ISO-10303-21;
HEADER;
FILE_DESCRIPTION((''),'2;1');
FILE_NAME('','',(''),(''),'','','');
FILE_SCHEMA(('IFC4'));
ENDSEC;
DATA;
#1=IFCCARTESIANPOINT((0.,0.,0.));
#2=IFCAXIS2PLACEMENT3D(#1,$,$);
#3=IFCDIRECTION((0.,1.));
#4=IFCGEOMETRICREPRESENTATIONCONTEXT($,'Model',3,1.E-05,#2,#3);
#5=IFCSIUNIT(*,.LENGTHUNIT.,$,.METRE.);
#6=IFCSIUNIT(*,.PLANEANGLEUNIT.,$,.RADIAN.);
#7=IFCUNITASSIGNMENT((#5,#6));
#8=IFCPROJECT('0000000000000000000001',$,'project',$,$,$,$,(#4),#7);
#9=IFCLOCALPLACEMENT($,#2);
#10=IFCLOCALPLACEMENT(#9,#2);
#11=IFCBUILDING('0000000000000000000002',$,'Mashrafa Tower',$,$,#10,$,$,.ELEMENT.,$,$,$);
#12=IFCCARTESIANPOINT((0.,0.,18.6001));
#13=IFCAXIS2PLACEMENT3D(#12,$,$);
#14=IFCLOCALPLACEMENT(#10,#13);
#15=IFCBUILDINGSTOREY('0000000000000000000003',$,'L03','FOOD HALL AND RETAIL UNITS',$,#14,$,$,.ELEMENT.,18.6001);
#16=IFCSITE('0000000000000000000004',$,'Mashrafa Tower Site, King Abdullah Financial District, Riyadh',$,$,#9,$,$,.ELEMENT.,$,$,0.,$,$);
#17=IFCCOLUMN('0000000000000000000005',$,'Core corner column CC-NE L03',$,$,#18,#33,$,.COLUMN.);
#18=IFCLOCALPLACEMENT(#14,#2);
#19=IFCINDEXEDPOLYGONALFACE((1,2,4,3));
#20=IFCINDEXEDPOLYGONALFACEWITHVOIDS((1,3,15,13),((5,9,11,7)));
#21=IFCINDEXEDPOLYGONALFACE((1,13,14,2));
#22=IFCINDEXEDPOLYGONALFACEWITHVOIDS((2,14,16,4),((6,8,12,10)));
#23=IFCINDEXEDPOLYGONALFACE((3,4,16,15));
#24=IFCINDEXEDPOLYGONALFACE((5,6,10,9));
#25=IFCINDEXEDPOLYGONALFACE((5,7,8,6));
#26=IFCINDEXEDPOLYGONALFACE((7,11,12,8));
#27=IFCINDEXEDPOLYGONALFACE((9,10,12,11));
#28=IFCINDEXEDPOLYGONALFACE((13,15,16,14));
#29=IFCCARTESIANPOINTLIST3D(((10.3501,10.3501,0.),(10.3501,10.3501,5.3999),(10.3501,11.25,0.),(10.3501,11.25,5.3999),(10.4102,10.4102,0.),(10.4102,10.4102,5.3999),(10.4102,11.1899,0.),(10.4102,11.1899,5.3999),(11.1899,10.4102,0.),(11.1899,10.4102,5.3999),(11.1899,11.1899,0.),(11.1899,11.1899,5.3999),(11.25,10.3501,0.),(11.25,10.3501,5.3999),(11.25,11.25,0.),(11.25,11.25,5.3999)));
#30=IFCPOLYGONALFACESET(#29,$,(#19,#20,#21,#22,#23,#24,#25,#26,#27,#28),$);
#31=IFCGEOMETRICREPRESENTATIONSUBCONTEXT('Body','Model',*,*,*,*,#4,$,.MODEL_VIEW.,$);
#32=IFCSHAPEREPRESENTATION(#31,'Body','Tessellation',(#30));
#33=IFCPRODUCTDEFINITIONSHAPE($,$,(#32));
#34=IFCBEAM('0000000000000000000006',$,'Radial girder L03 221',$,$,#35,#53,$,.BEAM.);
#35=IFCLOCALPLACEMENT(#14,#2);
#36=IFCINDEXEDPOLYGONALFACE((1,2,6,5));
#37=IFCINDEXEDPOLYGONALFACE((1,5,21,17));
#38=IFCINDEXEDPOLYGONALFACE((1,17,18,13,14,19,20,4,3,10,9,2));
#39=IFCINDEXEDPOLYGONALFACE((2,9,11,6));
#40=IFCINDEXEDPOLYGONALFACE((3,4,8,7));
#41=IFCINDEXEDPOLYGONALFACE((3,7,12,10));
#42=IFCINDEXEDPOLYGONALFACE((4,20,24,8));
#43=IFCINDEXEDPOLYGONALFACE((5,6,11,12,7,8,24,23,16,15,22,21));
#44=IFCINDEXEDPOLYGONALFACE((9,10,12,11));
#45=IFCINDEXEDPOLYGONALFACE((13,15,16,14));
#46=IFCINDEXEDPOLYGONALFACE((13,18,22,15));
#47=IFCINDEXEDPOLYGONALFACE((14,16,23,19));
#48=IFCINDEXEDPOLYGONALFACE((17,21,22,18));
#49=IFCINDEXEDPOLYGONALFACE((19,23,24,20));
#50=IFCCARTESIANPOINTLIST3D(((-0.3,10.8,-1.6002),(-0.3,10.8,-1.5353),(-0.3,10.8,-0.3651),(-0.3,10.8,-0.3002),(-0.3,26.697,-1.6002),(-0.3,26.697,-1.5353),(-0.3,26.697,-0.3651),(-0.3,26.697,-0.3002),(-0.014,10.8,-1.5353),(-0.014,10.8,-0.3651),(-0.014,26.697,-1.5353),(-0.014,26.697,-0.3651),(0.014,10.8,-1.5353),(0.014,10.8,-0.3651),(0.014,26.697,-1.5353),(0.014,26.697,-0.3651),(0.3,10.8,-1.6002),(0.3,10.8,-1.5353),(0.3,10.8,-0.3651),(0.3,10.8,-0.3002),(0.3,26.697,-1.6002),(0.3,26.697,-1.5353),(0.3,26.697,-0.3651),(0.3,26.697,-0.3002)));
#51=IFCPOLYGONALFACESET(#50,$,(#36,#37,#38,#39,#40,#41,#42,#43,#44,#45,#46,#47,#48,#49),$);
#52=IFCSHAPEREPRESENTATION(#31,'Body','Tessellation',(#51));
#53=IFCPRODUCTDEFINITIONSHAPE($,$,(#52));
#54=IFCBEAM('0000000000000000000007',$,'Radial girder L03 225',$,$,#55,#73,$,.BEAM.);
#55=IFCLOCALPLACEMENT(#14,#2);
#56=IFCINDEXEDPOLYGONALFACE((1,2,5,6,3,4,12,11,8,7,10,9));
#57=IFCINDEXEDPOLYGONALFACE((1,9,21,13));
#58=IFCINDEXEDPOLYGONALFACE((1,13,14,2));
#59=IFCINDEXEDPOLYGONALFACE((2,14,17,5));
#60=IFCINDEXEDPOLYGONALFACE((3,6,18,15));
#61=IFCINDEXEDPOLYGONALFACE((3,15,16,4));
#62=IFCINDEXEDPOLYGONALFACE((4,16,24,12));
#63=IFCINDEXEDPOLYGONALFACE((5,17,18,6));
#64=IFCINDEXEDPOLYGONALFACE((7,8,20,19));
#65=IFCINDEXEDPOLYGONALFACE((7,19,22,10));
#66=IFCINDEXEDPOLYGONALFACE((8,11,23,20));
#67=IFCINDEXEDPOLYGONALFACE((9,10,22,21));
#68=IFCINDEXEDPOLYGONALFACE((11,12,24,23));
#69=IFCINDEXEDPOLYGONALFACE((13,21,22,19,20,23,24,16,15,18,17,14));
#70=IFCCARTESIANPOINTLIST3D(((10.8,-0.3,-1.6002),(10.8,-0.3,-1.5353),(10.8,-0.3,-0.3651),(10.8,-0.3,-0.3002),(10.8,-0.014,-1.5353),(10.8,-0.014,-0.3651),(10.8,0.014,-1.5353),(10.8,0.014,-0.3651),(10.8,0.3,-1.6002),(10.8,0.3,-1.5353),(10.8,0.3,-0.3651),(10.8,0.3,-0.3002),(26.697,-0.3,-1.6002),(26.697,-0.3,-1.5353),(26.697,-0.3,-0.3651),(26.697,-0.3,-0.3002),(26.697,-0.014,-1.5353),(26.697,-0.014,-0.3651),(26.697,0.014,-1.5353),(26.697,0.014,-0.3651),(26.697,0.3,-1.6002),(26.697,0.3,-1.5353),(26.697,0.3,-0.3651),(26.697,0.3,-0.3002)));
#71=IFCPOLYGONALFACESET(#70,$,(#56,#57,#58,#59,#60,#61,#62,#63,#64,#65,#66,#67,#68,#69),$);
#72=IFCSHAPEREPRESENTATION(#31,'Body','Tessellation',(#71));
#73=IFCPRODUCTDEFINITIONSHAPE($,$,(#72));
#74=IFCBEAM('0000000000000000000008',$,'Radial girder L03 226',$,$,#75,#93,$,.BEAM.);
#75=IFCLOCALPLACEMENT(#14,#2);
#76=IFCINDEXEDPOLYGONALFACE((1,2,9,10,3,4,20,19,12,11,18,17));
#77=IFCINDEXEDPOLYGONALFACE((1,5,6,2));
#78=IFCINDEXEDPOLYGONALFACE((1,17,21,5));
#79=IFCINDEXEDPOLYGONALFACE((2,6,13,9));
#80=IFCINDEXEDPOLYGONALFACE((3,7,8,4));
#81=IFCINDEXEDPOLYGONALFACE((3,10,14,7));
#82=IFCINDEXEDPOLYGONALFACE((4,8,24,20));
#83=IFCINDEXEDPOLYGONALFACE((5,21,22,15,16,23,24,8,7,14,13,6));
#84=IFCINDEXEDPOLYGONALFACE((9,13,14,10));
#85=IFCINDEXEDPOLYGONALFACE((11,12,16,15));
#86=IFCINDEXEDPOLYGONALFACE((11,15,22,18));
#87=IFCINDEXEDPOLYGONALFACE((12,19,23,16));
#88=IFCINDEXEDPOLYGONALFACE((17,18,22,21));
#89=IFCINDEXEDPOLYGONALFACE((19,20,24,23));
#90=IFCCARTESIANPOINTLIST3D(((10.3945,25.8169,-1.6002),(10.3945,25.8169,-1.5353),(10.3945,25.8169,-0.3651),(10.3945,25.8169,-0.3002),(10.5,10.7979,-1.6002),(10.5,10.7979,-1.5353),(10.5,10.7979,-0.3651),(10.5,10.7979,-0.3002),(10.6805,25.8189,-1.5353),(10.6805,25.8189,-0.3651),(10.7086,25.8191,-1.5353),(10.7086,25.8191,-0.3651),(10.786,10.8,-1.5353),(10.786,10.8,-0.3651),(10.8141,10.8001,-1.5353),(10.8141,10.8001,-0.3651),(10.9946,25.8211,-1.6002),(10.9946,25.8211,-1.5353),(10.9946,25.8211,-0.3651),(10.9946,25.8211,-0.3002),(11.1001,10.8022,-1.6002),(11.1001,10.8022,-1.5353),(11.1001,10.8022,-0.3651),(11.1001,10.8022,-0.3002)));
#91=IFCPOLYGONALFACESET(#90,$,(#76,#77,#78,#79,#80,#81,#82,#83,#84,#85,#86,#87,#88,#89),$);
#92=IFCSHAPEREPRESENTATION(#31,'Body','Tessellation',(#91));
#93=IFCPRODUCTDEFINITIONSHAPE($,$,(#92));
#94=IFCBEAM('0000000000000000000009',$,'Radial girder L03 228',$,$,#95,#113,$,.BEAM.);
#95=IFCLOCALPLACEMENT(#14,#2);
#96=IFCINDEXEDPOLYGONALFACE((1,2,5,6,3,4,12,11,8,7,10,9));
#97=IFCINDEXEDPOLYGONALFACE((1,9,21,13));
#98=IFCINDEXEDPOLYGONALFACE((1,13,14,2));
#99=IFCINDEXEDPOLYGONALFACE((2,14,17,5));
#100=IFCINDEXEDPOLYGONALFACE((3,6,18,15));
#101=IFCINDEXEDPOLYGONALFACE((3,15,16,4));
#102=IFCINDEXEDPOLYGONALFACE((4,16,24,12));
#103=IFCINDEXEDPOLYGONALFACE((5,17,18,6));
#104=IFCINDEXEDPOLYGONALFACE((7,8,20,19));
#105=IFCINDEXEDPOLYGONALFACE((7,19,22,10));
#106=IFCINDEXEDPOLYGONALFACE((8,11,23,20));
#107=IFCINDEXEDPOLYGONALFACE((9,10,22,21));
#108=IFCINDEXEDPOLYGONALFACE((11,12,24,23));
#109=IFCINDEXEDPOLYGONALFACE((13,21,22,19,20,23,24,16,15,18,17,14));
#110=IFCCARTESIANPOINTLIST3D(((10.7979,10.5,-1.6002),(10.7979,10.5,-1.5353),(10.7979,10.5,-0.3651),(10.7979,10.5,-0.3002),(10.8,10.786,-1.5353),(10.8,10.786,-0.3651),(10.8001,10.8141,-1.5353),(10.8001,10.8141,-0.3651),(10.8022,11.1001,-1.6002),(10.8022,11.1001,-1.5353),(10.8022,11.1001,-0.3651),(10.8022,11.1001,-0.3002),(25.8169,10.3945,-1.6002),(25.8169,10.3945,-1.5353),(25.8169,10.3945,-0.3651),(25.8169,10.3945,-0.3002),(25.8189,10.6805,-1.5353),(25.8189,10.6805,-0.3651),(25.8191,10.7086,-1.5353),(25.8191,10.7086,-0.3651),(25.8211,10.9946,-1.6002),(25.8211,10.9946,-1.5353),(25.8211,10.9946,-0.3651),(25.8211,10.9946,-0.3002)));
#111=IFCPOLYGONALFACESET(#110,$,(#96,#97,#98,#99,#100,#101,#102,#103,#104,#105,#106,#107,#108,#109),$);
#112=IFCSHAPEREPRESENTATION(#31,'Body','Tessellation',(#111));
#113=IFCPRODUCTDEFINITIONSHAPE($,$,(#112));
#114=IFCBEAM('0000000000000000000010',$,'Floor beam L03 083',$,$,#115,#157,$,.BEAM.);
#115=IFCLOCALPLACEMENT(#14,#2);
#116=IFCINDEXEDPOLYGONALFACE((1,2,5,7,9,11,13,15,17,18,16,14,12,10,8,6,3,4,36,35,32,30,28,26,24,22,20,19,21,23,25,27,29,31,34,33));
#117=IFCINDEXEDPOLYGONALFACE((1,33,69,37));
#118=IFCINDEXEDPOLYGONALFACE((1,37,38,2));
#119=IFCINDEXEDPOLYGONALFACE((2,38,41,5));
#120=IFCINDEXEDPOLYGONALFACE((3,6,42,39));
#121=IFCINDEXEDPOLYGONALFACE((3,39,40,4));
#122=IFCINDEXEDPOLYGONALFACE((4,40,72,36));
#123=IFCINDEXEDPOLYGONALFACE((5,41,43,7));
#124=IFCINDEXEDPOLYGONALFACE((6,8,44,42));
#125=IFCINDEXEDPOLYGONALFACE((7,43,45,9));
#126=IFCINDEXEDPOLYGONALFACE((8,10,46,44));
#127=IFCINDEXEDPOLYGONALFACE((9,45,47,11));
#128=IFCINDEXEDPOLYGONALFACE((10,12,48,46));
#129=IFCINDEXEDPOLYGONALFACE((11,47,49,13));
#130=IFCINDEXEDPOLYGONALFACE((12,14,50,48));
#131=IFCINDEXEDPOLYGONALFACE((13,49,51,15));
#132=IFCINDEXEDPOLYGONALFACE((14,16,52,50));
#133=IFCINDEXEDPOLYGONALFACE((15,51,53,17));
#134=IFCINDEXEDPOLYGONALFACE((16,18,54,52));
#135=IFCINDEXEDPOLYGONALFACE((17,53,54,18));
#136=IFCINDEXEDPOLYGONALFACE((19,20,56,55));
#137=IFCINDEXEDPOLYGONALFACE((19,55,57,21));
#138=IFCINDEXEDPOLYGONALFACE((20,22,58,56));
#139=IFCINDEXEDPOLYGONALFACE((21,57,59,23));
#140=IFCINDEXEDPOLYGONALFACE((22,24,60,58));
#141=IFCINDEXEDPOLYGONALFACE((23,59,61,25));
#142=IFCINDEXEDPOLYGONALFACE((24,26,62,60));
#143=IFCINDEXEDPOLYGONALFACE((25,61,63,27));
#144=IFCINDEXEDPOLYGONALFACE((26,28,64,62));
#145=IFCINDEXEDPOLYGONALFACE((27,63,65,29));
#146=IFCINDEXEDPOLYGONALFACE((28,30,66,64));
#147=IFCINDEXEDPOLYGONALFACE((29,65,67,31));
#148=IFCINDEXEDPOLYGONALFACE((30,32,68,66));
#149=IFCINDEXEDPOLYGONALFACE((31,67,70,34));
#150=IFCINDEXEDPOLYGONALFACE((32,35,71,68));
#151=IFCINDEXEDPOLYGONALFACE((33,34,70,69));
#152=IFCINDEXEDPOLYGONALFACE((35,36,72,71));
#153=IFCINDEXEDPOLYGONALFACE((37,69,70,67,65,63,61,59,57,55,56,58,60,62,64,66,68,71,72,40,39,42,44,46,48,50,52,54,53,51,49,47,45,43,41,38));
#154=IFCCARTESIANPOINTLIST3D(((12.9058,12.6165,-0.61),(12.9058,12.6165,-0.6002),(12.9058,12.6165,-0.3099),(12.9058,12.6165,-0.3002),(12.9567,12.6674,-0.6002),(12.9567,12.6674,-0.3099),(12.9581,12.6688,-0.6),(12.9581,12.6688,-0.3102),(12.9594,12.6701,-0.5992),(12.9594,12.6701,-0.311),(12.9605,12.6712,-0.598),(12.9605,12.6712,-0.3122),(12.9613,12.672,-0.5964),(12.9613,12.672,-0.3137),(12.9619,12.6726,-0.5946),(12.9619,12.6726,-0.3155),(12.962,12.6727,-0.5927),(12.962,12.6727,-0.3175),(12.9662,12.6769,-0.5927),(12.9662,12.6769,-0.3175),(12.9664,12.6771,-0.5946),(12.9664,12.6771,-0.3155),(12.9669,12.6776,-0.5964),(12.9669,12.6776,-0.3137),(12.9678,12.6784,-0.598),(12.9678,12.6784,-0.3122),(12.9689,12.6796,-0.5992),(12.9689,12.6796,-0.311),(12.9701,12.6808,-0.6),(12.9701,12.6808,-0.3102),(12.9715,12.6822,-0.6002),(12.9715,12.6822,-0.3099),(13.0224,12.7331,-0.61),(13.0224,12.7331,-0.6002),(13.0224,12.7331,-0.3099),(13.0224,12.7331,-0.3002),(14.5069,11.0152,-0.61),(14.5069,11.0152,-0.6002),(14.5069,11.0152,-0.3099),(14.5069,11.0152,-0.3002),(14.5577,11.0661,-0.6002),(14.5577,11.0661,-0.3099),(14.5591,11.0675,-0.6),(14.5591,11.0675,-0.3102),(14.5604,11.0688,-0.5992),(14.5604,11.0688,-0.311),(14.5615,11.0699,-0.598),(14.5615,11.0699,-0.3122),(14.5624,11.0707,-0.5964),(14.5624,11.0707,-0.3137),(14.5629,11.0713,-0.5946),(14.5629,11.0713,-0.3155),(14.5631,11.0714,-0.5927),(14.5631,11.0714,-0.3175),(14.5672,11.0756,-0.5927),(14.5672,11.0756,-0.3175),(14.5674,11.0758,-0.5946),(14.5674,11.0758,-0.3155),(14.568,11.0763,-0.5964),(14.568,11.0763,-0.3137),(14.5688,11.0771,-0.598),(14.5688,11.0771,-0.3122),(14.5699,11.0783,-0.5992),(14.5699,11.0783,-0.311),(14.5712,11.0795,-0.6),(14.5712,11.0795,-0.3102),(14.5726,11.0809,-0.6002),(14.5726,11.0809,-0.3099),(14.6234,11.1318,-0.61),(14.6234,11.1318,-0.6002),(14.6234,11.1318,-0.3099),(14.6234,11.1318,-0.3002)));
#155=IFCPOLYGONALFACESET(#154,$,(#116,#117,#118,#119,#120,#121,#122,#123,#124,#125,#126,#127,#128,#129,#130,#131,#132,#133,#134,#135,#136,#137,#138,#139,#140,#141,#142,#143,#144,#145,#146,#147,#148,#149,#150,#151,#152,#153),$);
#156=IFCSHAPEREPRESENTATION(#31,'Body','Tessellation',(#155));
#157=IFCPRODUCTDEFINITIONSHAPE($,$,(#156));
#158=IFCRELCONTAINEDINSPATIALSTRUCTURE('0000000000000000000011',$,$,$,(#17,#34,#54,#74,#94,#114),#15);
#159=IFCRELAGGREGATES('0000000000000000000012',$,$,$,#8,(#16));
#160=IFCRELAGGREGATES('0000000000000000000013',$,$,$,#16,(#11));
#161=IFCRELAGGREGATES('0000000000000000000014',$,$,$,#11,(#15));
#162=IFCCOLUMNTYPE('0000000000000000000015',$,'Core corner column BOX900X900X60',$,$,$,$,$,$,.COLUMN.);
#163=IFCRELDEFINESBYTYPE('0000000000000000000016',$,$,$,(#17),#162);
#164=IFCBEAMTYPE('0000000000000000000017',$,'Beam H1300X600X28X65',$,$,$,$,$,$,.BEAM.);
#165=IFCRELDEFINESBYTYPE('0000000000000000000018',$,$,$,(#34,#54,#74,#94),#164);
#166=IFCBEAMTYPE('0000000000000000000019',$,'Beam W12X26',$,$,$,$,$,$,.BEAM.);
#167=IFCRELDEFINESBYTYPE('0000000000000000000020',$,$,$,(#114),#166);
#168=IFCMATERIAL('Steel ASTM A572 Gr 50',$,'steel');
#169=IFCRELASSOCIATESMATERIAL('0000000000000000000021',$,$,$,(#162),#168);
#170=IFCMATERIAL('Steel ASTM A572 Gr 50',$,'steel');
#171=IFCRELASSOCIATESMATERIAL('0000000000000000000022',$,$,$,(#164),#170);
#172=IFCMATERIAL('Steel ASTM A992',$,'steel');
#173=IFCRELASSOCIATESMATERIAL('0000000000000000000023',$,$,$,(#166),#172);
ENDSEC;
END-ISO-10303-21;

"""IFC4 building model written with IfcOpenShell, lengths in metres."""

from ifc_helpers import new_model, si_unit, direction, frame, origin, origin_2d, place, context, subcontext, project, spatial, hollow_rectangle, i_section, extrude, material, material_profile, profile_set, type_object, element, save


model = new_model("IFC4")

# Units and contexts
model_context = context("Model", 3, precision=1e-05, world=origin(), true_north=direction((0.0, 1.0)))
body_context = subcontext(model_context, "Body", "Model", "MODEL_VIEW")
ifc_project = project(units=[si_unit("LENGTHUNIT", "METRE"), si_unit("PLANEANGLEUNIT", "RADIAN")], contexts=[model_context])

# Site, building, storey
site_placement = place(None, origin())
site = spatial("IfcSite", under=ifc_project, at=site_placement, Name="Mashrafa Tower Site, King Abdullah Financial District, Riyadh", CompositionType="ELEMENT", RefElevation=0.0)
building_placement = place(site_placement, origin())
building = spatial("IfcBuilding", under=site, at=building_placement, Name="Mashrafa Tower", CompositionType="ELEMENT")
storey_placement = place(building_placement, frame((0.0, 0.0, 18.6001)))
storey = spatial("IfcBuildingStorey", under=building, at=storey_placement, Name="L03", Description="FOOD HALL AND RETAIL UNITS", CompositionType="ELEMENT", Elevation=18.6001)

# Column
ifc_material_1 = material(Name="Steel ASTM A572 Gr 50", Category="steel")
ifc_material_profile_1 = material_profile(ifc_material_1, hollow_rectangle(XDim=0.8999, YDim=0.8999, WallThickness=0.0601, at=origin_2d()), Name="BOX900X900X60")
ifc_profile_set_1 = profile_set([ifc_material_profile_1], Name="Steel ASTM A572 Gr 50")
column_type = type_object("IfcColumnType", Name="Core corner column BOX900X900X60", PredefinedType="COLUMN", material=ifc_profile_set_1)
column_placement = place(storey_placement, frame((10.8, 10.8, 0.0), z_axis=(0.0, 0.0, 1.0), x_axis=(1.0, 0.0, 0.0)))
element("IfcColumn", 1, at=column_placement, inside=storey, type_object=column_type, Name="Core corner column CC-NE L03", PredefinedType="COLUMN", context=body_context, shape_type="SweptSolid", body=[
    extrude(hollow_rectangle(XDim=0.8999, YDim=0.8999, WallThickness=0.0601, at=origin_2d()), origin(), (0.0, 0.0, 1.0), 5.3999),
])

# Beams
ifc_material_2 = material(Name="Steel ASTM A572 Gr 50", Category="steel")
ifc_material_profile_2 = material_profile(ifc_material_2, i_section(OverallWidth=0.6001, OverallDepth=1.3, WebThickness=0.0281, FlangeThickness=0.0649, at=origin_2d()), Name="H1300X600X28X65")
ifc_profile_set_2 = profile_set([ifc_material_profile_2], Name="Steel ASTM A572 Gr 50")
beam_type_1 = type_object("IfcBeamType", Name="Beam H1300X600X28X65", PredefinedType="BEAM", material=ifc_profile_set_2)
for number, where, z_axis, x_axis, name in (
    (2, (0.0, 10.8, -0.9502), (0.0, 1.0, 0.0), (-1.0, 0.0, 0.0), "Radial girder L03 221"),
    (3, (10.8, 0.0, -0.9502), (1.0, 0.0, 0.0), (0.0, 1.0, 0.0), "Radial girder L03 225"),
):
    element("IfcBeam", number, at=place(storey_placement, frame(where, z_axis=z_axis, x_axis=x_axis)), inside=storey, type_object=beam_type_1, Name=name, PredefinedType="BEAM", context=body_context, shape_type="SweptSolid", body=[
        extrude(i_section(OverallWidth=0.6001, OverallDepth=1.3, WebThickness=0.0281, FlangeThickness=0.0649, at=origin_2d()), origin(), (0.0, 0.0, 1.0), 15.897),
    ])
for number, where, z_axis, x_axis, name in (
    (4, (10.8, 10.8, -0.9502), (-0.007022, 0.999975, 0.0), (-0.999975, -0.007022, 0.0), "Radial girder L03 226"),
    (5, (10.8, 10.8, -0.9502), (0.999975, -0.007022, 0.0), (0.007022, 0.999975, 0.0), "Radial girder L03 228"),
):
    element("IfcBeam", number, at=place(storey_placement, frame(where, z_axis=z_axis, x_axis=x_axis)), inside=storey, type_object=beam_type_1, Name=name, PredefinedType="BEAM", context=body_context, shape_type="SweptSolid", body=[
        extrude(i_section(OverallWidth=0.6001, OverallDepth=1.3, WebThickness=0.0281, FlangeThickness=0.0649, at=origin_2d()), origin(), (0.0, 0.0, 1.0), 15.0193),
    ])
ifc_material_3 = material(Name="Steel ASTM A992", Category="steel")
ifc_material_profile_3 = material_profile(ifc_material_3, i_section(OverallWidth=0.1648, OverallDepth=0.3098, WebThickness=0.0059, FlangeThickness=0.0098, FilletRadius=0.0076, at=origin_2d()), Name="W12X26")
ifc_profile_set_3 = profile_set([ifc_material_profile_3], Name="Steel ASTM A992")
beam_type_2 = type_object("IfcBeamType", Name="Beam W12X26", PredefinedType="BEAM", material=ifc_profile_set_3)
beam_1_placement = place(storey_placement, frame((12.9641, 12.6748, -0.4551), z_axis=(0.707053, -0.707161, 0.0), x_axis=(0.707161, 0.707053, 0.0)))
element("IfcBeam", 6, at=beam_1_placement, inside=storey, type_object=beam_type_2, Name="Floor beam L03 083", PredefinedType="BEAM", context=body_context, shape_type="SweptSolid", body=[
    extrude(i_section(OverallWidth=0.1648, OverallDepth=0.3098, WebThickness=0.0059, FlangeThickness=0.0098, FilletRadius=0.0076, at=origin_2d()), origin(), (0.0, 0.0, 1.0), 2.2644),
])

save(model, "model.ifc")
